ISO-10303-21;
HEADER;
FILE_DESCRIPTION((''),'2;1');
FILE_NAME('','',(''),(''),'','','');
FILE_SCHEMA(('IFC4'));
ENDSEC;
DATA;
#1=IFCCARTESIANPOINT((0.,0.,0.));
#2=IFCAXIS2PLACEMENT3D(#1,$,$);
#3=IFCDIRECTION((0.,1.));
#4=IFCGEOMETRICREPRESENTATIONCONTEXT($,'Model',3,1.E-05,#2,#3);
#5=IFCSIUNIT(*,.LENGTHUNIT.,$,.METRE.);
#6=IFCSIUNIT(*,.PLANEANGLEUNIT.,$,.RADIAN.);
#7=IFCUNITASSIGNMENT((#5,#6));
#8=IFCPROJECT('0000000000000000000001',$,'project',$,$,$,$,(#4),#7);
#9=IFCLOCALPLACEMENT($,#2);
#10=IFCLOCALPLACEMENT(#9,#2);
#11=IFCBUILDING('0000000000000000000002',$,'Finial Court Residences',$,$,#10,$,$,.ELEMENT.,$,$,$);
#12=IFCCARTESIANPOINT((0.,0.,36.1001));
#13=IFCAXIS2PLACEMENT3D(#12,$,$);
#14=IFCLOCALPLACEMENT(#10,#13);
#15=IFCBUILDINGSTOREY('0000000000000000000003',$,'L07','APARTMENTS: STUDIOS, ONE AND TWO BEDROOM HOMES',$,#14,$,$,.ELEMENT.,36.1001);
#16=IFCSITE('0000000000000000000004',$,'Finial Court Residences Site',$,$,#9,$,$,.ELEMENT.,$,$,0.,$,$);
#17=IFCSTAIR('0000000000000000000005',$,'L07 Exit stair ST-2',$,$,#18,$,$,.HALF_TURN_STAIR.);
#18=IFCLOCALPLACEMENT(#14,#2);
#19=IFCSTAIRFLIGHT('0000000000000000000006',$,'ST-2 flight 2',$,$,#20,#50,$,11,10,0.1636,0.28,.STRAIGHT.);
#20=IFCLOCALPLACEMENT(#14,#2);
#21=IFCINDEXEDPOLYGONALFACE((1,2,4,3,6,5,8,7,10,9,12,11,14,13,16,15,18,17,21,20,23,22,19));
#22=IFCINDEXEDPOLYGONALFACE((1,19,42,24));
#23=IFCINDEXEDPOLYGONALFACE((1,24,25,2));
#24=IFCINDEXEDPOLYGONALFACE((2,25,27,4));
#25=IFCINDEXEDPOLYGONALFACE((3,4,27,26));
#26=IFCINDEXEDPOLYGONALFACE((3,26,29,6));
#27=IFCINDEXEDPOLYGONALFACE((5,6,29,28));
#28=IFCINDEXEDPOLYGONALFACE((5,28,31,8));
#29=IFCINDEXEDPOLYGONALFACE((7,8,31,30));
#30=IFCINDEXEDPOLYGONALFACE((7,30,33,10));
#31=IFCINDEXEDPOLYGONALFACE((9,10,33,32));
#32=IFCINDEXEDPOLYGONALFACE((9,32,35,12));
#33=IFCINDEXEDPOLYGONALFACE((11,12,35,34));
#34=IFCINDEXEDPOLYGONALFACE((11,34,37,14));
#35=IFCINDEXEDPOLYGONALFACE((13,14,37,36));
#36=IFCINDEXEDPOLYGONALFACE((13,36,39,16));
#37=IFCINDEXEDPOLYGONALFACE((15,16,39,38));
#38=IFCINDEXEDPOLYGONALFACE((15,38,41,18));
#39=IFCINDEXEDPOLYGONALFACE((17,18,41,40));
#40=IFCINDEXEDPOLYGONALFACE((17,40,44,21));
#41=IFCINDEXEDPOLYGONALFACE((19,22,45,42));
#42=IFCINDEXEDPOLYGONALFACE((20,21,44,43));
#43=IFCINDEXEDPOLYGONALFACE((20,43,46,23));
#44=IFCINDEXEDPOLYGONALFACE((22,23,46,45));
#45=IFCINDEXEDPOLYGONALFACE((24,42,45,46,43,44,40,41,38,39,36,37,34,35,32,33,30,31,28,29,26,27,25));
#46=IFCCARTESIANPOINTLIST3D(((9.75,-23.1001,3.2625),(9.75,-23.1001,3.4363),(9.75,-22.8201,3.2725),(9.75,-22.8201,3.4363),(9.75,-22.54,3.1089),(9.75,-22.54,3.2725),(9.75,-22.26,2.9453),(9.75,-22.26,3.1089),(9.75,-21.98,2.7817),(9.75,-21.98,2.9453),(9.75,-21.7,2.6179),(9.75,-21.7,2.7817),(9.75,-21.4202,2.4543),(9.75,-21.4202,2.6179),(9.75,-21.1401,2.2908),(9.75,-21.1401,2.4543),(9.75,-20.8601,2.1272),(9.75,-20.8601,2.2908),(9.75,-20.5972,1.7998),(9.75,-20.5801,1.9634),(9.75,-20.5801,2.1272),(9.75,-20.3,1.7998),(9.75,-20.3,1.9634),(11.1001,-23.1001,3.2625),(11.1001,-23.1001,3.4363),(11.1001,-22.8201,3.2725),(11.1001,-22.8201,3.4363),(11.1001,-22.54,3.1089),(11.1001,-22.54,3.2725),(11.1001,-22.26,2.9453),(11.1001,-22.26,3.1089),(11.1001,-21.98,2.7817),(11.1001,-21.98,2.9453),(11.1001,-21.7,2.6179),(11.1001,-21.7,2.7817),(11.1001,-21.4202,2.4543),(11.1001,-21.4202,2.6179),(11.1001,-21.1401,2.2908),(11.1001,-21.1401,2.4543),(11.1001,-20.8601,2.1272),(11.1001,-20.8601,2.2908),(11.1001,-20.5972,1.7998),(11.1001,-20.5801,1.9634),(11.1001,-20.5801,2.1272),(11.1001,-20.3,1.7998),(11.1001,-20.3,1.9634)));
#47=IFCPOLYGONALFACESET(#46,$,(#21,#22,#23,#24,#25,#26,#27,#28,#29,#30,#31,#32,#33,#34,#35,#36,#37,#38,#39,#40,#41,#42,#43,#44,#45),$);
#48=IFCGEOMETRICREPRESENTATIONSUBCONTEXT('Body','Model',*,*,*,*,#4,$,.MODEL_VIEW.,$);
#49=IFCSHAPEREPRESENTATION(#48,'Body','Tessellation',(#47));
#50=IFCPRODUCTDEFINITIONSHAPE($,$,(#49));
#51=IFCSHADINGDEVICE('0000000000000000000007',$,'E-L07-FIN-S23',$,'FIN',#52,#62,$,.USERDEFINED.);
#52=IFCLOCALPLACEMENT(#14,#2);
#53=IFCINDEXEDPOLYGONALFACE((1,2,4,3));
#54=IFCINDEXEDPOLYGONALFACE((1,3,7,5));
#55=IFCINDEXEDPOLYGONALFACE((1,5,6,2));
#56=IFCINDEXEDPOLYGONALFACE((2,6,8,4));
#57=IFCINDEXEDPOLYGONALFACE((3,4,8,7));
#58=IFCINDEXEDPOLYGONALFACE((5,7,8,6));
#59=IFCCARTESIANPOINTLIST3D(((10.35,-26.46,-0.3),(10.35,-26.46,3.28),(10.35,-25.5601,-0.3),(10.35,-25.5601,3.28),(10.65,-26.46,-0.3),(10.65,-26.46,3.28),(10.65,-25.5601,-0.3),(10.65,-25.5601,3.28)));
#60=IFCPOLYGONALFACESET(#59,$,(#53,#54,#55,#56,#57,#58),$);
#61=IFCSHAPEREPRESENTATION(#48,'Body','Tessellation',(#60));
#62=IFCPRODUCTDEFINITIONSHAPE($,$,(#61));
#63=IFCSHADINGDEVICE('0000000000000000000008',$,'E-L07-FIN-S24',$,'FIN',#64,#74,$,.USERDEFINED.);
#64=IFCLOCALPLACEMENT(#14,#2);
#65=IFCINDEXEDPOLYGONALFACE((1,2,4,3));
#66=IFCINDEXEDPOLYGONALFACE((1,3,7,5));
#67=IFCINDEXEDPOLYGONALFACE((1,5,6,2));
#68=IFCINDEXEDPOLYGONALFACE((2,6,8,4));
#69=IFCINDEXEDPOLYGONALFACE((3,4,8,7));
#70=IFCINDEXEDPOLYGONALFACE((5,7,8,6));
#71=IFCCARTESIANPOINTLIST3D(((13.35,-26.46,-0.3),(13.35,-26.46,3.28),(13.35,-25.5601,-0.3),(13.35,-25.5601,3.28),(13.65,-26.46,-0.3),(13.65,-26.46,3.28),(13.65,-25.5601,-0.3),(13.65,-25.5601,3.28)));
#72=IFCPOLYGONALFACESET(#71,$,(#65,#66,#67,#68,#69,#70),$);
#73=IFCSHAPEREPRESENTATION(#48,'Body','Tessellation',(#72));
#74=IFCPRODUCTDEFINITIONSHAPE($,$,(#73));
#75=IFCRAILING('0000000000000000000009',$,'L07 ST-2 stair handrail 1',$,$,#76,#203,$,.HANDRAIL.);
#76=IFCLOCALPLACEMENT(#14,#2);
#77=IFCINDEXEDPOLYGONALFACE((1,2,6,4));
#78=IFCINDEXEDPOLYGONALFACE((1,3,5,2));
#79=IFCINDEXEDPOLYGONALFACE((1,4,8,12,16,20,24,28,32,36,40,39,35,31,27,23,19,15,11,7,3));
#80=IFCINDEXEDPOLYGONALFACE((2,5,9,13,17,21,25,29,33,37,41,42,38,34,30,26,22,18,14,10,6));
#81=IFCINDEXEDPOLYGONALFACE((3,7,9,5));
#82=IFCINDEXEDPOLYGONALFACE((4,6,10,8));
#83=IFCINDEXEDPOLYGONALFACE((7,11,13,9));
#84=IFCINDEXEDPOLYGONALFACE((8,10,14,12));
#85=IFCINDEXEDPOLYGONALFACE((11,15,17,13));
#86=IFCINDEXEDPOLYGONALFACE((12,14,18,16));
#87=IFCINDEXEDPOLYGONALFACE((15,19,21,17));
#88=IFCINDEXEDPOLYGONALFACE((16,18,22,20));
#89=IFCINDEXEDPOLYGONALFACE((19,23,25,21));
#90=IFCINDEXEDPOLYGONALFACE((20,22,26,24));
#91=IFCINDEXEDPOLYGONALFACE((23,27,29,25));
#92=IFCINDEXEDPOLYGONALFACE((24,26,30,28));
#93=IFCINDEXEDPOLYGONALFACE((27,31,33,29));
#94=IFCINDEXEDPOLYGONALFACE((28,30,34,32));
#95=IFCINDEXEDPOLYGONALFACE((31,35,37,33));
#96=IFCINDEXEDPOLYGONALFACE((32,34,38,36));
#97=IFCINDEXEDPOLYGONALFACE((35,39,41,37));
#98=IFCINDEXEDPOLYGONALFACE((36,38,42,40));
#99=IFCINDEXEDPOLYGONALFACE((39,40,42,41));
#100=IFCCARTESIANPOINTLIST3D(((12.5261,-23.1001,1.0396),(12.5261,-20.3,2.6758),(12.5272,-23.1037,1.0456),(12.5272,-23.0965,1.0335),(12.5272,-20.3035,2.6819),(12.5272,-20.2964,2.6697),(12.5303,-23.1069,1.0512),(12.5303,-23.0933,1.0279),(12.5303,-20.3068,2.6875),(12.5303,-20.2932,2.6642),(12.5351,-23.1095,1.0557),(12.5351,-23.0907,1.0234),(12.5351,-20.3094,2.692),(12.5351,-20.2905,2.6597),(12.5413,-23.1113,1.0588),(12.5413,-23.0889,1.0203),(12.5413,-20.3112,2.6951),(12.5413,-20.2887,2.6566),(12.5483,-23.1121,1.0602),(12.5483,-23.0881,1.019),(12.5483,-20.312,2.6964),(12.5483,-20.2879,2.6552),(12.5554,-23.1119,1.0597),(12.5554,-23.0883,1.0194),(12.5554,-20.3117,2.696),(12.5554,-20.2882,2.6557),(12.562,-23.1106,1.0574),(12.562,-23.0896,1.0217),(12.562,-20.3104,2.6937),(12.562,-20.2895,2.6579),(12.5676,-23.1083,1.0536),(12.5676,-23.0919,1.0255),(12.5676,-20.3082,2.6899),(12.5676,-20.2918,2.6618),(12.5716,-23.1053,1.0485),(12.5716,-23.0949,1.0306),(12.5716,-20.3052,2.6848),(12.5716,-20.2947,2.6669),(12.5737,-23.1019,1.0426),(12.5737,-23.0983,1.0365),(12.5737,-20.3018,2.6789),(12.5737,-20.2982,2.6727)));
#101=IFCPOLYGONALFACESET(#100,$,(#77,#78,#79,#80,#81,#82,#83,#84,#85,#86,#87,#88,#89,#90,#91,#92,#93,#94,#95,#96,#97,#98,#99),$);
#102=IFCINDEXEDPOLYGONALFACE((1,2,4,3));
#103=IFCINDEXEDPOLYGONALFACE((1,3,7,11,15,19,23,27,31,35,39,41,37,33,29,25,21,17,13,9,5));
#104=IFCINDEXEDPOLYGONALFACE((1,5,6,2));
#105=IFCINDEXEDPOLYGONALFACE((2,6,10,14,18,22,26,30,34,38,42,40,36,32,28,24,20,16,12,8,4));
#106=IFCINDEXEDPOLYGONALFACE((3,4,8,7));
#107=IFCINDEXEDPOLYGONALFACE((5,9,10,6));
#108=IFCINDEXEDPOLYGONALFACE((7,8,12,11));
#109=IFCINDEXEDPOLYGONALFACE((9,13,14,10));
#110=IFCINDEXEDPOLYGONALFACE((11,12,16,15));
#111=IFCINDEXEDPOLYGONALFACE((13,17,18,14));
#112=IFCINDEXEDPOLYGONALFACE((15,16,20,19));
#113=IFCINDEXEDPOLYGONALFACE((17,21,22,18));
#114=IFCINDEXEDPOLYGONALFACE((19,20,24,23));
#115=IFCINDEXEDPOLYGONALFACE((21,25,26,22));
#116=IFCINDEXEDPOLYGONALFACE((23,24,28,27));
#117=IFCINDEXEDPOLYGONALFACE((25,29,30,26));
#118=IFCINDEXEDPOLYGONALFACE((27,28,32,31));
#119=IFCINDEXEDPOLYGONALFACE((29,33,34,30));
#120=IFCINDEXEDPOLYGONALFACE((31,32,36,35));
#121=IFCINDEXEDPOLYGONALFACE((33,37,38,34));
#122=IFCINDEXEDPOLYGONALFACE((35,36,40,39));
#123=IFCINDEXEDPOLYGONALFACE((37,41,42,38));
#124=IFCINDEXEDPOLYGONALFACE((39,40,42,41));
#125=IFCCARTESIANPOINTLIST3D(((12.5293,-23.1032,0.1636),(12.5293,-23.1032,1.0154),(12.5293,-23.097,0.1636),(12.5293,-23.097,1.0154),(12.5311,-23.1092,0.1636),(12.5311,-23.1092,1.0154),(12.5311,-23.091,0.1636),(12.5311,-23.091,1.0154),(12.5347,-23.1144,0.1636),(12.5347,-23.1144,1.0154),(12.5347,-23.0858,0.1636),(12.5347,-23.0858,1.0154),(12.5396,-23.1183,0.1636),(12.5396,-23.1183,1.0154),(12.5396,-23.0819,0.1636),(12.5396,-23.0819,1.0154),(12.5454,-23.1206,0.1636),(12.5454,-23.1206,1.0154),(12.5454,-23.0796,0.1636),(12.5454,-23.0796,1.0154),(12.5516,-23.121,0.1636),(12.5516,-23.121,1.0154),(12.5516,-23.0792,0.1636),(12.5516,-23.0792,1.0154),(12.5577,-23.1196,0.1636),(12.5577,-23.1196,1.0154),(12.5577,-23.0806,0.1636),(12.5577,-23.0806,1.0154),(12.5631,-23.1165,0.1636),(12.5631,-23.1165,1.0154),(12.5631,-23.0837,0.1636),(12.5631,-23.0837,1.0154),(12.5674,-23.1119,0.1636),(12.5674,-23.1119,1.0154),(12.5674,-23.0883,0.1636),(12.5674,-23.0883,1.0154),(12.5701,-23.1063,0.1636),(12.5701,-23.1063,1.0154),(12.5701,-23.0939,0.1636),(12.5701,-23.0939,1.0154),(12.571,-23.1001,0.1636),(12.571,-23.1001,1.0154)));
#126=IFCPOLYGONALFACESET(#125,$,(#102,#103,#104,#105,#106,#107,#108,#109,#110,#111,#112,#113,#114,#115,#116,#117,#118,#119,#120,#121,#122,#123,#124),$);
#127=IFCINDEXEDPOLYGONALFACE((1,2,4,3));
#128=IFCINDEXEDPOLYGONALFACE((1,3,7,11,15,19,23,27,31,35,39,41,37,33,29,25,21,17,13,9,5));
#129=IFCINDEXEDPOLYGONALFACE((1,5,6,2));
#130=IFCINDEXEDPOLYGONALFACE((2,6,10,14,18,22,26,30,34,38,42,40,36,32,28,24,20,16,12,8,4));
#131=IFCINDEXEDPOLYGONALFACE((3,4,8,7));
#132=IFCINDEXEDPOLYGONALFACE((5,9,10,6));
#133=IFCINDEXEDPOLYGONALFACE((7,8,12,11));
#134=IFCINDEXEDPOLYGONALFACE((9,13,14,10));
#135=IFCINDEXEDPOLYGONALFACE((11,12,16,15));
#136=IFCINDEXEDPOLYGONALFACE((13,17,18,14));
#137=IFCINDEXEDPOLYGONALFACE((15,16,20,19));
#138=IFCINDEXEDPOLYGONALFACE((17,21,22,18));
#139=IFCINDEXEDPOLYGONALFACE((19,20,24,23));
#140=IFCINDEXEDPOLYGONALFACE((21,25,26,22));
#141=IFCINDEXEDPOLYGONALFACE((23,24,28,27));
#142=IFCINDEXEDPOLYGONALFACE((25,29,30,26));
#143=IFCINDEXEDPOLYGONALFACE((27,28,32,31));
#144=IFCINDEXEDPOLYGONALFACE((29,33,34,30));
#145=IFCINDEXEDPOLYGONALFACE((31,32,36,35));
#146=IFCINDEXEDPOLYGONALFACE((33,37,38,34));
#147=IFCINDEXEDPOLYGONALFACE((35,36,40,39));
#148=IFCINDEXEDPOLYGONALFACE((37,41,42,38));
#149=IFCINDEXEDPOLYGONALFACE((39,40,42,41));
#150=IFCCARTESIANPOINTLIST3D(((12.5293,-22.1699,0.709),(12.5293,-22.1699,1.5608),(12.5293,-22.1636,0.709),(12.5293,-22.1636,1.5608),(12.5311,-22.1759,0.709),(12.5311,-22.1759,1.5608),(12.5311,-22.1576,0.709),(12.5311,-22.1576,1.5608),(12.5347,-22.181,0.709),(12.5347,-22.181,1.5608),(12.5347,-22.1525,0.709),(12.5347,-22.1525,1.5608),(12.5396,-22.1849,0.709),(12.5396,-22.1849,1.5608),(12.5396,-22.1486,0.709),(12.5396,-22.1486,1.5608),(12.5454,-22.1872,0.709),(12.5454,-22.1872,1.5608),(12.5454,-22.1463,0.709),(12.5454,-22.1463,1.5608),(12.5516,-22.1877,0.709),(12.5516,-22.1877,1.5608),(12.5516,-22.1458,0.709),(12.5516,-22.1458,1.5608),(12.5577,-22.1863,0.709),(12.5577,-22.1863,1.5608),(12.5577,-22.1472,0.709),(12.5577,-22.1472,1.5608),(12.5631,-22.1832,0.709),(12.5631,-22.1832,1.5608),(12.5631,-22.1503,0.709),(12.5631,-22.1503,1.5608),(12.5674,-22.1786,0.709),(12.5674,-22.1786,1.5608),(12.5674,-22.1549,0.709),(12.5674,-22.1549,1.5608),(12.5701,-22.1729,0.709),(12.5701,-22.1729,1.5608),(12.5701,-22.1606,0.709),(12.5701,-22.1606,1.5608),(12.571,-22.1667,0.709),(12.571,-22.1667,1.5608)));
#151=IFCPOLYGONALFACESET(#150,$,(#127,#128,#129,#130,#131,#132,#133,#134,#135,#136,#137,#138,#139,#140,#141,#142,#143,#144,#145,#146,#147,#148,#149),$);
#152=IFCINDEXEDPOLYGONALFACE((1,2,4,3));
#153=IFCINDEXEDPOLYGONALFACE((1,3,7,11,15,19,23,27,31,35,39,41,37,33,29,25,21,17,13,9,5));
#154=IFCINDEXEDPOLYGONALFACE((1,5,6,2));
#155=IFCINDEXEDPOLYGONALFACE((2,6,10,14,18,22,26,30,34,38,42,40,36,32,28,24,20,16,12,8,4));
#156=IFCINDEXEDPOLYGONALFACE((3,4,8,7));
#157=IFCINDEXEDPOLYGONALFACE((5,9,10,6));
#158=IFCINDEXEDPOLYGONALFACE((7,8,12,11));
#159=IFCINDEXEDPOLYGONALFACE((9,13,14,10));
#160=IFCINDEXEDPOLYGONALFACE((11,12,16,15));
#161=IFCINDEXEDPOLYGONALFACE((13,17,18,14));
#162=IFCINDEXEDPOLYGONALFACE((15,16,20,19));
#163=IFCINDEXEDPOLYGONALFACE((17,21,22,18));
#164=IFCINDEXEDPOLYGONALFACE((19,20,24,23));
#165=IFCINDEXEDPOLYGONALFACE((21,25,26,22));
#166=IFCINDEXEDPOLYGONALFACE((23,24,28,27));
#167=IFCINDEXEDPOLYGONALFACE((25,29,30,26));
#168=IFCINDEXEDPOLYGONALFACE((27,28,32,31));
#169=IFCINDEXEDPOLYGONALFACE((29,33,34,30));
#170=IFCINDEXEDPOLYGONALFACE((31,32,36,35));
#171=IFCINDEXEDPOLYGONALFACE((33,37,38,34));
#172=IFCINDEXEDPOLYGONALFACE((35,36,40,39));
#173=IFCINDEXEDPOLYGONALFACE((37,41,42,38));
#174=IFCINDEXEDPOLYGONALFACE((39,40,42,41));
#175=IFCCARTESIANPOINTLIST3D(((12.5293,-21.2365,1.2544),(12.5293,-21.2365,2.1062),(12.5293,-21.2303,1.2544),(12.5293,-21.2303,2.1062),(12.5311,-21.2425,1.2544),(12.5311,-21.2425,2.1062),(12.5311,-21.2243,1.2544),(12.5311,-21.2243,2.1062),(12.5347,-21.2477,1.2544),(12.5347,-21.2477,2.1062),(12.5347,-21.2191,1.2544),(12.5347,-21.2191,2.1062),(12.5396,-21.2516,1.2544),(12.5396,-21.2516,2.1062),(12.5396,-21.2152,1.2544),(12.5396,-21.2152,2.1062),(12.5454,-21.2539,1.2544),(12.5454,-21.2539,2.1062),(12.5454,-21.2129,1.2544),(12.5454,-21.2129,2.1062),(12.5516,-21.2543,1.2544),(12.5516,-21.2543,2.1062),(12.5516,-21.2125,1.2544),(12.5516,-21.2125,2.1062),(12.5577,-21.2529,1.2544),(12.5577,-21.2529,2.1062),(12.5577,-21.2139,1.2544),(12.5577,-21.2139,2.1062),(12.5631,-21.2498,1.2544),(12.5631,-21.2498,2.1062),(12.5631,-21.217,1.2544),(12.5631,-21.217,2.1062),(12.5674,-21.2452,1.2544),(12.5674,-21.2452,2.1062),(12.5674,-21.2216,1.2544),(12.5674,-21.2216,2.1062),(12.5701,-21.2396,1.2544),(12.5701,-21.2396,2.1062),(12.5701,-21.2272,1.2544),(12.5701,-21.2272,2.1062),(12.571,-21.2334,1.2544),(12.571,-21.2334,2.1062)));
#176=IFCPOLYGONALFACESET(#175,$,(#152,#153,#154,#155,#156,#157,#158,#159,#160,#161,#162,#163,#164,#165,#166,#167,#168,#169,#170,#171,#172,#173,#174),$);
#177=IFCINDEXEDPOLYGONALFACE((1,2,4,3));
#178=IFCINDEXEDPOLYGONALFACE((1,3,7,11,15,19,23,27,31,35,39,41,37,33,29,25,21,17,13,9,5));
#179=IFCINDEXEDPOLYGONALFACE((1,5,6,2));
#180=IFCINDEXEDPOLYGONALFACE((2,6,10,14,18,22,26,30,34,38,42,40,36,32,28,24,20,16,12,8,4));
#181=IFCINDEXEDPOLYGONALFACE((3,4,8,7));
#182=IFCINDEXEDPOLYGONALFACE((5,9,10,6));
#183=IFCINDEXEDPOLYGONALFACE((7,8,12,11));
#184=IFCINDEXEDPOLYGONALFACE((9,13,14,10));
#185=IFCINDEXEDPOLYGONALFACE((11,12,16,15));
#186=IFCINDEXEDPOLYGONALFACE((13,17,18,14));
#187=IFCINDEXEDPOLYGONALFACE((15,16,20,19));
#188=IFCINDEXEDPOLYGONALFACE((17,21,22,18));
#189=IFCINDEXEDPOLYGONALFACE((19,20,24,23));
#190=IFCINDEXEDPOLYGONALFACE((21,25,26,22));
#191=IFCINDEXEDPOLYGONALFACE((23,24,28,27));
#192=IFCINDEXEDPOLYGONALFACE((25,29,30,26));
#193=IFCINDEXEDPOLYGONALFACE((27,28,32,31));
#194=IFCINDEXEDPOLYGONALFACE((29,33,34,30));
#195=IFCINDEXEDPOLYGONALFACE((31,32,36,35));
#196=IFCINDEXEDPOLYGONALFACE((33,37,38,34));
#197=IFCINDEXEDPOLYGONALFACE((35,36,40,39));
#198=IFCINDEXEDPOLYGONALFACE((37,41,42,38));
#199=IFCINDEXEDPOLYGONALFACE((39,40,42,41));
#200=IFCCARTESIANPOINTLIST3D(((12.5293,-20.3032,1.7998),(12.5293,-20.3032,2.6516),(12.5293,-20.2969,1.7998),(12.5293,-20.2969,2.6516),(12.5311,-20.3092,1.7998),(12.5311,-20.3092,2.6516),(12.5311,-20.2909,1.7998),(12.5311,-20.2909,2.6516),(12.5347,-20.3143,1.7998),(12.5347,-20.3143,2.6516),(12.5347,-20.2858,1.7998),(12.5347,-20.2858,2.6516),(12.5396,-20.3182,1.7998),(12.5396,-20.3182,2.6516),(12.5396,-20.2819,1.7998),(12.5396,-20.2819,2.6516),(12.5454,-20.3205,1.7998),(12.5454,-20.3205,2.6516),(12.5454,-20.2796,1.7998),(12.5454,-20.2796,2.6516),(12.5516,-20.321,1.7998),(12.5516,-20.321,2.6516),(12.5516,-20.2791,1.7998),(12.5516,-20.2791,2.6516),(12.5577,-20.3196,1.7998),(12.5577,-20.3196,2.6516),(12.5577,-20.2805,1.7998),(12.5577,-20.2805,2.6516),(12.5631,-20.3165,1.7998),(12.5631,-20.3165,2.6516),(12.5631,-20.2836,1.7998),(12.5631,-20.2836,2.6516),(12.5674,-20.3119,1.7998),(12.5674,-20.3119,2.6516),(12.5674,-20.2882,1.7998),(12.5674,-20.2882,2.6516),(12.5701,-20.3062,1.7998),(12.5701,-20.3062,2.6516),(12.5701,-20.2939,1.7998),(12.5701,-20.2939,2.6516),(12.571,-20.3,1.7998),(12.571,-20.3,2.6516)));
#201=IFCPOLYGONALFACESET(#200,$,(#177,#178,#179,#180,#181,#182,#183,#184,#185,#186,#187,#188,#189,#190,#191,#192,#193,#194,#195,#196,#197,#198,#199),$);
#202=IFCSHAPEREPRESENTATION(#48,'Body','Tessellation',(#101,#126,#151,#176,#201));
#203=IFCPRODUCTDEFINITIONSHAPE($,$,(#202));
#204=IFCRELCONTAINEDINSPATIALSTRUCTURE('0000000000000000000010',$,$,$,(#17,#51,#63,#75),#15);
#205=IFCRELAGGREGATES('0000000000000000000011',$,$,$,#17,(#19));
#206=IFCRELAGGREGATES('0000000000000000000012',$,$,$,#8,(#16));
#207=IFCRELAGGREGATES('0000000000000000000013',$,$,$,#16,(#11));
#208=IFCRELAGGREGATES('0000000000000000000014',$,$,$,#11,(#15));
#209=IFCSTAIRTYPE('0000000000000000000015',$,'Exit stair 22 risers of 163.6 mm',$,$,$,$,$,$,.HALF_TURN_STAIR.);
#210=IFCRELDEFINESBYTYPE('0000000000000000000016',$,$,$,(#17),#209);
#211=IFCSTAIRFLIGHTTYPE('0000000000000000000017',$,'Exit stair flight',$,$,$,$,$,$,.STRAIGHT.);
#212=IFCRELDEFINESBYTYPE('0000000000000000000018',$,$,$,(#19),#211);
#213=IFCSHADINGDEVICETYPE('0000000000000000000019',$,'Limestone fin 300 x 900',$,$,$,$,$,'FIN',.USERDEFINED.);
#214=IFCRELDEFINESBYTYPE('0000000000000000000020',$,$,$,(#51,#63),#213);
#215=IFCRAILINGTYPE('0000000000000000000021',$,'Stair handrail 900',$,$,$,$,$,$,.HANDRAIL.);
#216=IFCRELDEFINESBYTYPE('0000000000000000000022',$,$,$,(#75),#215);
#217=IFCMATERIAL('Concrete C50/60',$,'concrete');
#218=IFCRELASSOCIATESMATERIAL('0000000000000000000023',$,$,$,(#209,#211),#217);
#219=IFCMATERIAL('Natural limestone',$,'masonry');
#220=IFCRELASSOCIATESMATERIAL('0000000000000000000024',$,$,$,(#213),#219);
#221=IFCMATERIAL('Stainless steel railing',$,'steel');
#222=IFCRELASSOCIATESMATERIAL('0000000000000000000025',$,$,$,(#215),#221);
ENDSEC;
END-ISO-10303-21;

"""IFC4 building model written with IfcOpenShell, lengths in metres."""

from ifc_helpers import new_model, si_unit, direction, frame, origin, origin_2d, place, context, subcontext, project, spatial, polyline, rectangle, circle, outline, extrude, material, type_object, element, aggregate, save


model = new_model("IFC4")

# Units and contexts
model_context = context("Model", 3, precision=1e-05, world=origin(), true_north=direction((0.0, 1.0)))
body_context = subcontext(model_context, "Body", "Model", "MODEL_VIEW")
ifc_project = project(units=[si_unit("LENGTHUNIT", "METRE"), si_unit("PLANEANGLEUNIT", "RADIAN")], contexts=[model_context])

# Site, building, storey
site_placement = place(None, origin())
site = spatial("IfcSite", under=ifc_project, at=site_placement, Name="Finial Court Residences Site", CompositionType="ELEMENT", RefElevation=0.0)
building_placement = place(site_placement, origin())
building = spatial("IfcBuilding", under=site, at=building_placement, Name="Finial Court Residences", CompositionType="ELEMENT")
storey_placement = place(building_placement, frame((0.0, 0.0, 36.1001)))
storey = spatial("IfcBuildingStorey", under=building, at=storey_placement, Name="L07", Description="APARTMENTS: STUDIOS, ONE AND TWO BEDROOM HOMES", CompositionType="ELEMENT", Elevation=36.1001)

# Stair, stair flight
ifc_material_1 = material(Name="Concrete C50/60", Category="concrete")
stair_type = type_object("IfcStairType", Name="Exit stair 22 risers of 163.6 mm", PredefinedType="HALF_TURN_STAIR", material=ifc_material_1)
stair_placement = place(storey_placement, origin())
stair = element("IfcStair", 1, at=stair_placement, inside=storey, type_object=stair_type, Name="L07 Exit stair ST-2", PredefinedType="HALF_TURN_STAIR")
stair_flight_type = type_object("IfcStairFlightType", Name="Exit stair flight", PredefinedType="STRAIGHT", material=ifc_material_1)
stair_flight_1_placement = place(storey_placement, frame((10.425, -20.3, 1.7998), z_axis=(0.0, 0.0, 1.0), x_axis=(0.0, -1.0, 0.0)))
stair_flight_1 = element("IfcStairFlight", 2, at=stair_flight_1_placement, type_object=stair_flight_type, Name="ST-2 flight 2", NumberOfRisers=11, NumberOfTreads=10, PredefinedType="STRAIGHT", RiserHeight=0.1636, TreadLength=0.28, context=body_context, shape_type="SweptSolid", body=[
    extrude(outline(polyline([(0.0, 0.0), (0.0, 0.1636), (0.28, 0.1636), (0.28, 0.3274), (0.5601, 0.3274), (0.5601, 0.491), (0.8401, 0.491), (0.8401, 0.6545), (1.1201, 0.6545), (1.1201, 0.8181), (1.3999, 0.8181), (1.3999, 0.9819), (1.6799, 0.9819), (1.6799, 1.1455), (1.96, 1.1455), (1.96, 1.3091), (2.24, 1.3091), (2.24, 1.4727), (2.52, 1.4727), (2.52, 1.6365), (2.8, 1.6365), (2.8, 1.8), (2.8, 1.4626), (0.2971, 0.0), (0.0, 0.0)])), frame((0.0, 0.675, 0.0), z_axis=(0.0, -1.0, 0.0), x_axis=(1.0, 0.0, 0.0)), (0.0, 0.0, 1.0), 1.3501),
])
aggregate(stair, [stair_flight_1])

# Shading devices
ifc_material_2 = material(Name="Natural limestone", Category="masonry")
shading_device_type = type_object("IfcShadingDeviceType", Name="Limestone fin 300 x 900", ElementType="FIN", PredefinedType="USERDEFINED", material=ifc_material_2)
for number, where, z_axis, x_axis, name in (
    (3, (10.5, -26.01, -0.3), (0.0, 0.0, 1.0), (1.0, 0.0, 0.0), "E-L07-FIN-S23"),
    (4, (13.5, -26.01, -0.3), (0.0, 0.0, 1.0), (1.0, 0.0, 0.0), "E-L07-FIN-S24"),
):
    element("IfcShadingDevice", number, at=place(storey_placement, frame(where, z_axis=z_axis, x_axis=x_axis)), inside=storey, type_object=shading_device_type, Name=name, ObjectType="FIN", PredefinedType="USERDEFINED", context=body_context, shape_type="SweptSolid", body=[
        extrude(rectangle(XDim=0.3, YDim=0.8999, at=origin_2d()), origin(), (0.0, 0.0, 1.0), 3.5801),
    ])

# Railing
ifc_material_3 = material(Name="Stainless steel railing", Category="steel")
railing_type_1 = type_object("IfcRailingType", Name="Stair handrail 900", PredefinedType="HANDRAIL", material=ifc_material_3)
railing_1_placement = place(storey_placement, frame((12.55, -23.1001, 0.1636)))
element("IfcRailing", 5, at=railing_1_placement, inside=storey, type_object=railing_type_1, Name="L07 ST-2 stair handrail 1", PredefinedType="HANDRAIL", context=body_context, shape_type="SweptSolid", body=[
    extrude(circle(Radius=0.0239, at=origin_2d()), frame((0.0, 0.0, 0.876), z_axis=(0.0, 0.863394, 0.504531), x_axis=(-1.0, 0.0, 0.0)), (0.0, 0.0, 1.0), 3.2432),
    extrude(circle(Radius=0.021, at=origin_2d()), origin(), (0.0, 0.0, 1.0), 0.8518),
    extrude(circle(Radius=0.021, at=origin_2d()), frame((0.0, 0.9333, 0.5454)), (0.0, 0.0, 1.0), 0.8518),
    extrude(circle(Radius=0.021, at=origin_2d()), frame((0.0, 1.8667, 1.0908)), (0.0, 0.0, 1.0), 0.8518),
    extrude(circle(Radius=0.021, at=origin_2d()), frame((0.0, 2.8, 1.6362)), (0.0, 0.0, 1.0), 0.8518),
])

save(model, "model.ifc")
